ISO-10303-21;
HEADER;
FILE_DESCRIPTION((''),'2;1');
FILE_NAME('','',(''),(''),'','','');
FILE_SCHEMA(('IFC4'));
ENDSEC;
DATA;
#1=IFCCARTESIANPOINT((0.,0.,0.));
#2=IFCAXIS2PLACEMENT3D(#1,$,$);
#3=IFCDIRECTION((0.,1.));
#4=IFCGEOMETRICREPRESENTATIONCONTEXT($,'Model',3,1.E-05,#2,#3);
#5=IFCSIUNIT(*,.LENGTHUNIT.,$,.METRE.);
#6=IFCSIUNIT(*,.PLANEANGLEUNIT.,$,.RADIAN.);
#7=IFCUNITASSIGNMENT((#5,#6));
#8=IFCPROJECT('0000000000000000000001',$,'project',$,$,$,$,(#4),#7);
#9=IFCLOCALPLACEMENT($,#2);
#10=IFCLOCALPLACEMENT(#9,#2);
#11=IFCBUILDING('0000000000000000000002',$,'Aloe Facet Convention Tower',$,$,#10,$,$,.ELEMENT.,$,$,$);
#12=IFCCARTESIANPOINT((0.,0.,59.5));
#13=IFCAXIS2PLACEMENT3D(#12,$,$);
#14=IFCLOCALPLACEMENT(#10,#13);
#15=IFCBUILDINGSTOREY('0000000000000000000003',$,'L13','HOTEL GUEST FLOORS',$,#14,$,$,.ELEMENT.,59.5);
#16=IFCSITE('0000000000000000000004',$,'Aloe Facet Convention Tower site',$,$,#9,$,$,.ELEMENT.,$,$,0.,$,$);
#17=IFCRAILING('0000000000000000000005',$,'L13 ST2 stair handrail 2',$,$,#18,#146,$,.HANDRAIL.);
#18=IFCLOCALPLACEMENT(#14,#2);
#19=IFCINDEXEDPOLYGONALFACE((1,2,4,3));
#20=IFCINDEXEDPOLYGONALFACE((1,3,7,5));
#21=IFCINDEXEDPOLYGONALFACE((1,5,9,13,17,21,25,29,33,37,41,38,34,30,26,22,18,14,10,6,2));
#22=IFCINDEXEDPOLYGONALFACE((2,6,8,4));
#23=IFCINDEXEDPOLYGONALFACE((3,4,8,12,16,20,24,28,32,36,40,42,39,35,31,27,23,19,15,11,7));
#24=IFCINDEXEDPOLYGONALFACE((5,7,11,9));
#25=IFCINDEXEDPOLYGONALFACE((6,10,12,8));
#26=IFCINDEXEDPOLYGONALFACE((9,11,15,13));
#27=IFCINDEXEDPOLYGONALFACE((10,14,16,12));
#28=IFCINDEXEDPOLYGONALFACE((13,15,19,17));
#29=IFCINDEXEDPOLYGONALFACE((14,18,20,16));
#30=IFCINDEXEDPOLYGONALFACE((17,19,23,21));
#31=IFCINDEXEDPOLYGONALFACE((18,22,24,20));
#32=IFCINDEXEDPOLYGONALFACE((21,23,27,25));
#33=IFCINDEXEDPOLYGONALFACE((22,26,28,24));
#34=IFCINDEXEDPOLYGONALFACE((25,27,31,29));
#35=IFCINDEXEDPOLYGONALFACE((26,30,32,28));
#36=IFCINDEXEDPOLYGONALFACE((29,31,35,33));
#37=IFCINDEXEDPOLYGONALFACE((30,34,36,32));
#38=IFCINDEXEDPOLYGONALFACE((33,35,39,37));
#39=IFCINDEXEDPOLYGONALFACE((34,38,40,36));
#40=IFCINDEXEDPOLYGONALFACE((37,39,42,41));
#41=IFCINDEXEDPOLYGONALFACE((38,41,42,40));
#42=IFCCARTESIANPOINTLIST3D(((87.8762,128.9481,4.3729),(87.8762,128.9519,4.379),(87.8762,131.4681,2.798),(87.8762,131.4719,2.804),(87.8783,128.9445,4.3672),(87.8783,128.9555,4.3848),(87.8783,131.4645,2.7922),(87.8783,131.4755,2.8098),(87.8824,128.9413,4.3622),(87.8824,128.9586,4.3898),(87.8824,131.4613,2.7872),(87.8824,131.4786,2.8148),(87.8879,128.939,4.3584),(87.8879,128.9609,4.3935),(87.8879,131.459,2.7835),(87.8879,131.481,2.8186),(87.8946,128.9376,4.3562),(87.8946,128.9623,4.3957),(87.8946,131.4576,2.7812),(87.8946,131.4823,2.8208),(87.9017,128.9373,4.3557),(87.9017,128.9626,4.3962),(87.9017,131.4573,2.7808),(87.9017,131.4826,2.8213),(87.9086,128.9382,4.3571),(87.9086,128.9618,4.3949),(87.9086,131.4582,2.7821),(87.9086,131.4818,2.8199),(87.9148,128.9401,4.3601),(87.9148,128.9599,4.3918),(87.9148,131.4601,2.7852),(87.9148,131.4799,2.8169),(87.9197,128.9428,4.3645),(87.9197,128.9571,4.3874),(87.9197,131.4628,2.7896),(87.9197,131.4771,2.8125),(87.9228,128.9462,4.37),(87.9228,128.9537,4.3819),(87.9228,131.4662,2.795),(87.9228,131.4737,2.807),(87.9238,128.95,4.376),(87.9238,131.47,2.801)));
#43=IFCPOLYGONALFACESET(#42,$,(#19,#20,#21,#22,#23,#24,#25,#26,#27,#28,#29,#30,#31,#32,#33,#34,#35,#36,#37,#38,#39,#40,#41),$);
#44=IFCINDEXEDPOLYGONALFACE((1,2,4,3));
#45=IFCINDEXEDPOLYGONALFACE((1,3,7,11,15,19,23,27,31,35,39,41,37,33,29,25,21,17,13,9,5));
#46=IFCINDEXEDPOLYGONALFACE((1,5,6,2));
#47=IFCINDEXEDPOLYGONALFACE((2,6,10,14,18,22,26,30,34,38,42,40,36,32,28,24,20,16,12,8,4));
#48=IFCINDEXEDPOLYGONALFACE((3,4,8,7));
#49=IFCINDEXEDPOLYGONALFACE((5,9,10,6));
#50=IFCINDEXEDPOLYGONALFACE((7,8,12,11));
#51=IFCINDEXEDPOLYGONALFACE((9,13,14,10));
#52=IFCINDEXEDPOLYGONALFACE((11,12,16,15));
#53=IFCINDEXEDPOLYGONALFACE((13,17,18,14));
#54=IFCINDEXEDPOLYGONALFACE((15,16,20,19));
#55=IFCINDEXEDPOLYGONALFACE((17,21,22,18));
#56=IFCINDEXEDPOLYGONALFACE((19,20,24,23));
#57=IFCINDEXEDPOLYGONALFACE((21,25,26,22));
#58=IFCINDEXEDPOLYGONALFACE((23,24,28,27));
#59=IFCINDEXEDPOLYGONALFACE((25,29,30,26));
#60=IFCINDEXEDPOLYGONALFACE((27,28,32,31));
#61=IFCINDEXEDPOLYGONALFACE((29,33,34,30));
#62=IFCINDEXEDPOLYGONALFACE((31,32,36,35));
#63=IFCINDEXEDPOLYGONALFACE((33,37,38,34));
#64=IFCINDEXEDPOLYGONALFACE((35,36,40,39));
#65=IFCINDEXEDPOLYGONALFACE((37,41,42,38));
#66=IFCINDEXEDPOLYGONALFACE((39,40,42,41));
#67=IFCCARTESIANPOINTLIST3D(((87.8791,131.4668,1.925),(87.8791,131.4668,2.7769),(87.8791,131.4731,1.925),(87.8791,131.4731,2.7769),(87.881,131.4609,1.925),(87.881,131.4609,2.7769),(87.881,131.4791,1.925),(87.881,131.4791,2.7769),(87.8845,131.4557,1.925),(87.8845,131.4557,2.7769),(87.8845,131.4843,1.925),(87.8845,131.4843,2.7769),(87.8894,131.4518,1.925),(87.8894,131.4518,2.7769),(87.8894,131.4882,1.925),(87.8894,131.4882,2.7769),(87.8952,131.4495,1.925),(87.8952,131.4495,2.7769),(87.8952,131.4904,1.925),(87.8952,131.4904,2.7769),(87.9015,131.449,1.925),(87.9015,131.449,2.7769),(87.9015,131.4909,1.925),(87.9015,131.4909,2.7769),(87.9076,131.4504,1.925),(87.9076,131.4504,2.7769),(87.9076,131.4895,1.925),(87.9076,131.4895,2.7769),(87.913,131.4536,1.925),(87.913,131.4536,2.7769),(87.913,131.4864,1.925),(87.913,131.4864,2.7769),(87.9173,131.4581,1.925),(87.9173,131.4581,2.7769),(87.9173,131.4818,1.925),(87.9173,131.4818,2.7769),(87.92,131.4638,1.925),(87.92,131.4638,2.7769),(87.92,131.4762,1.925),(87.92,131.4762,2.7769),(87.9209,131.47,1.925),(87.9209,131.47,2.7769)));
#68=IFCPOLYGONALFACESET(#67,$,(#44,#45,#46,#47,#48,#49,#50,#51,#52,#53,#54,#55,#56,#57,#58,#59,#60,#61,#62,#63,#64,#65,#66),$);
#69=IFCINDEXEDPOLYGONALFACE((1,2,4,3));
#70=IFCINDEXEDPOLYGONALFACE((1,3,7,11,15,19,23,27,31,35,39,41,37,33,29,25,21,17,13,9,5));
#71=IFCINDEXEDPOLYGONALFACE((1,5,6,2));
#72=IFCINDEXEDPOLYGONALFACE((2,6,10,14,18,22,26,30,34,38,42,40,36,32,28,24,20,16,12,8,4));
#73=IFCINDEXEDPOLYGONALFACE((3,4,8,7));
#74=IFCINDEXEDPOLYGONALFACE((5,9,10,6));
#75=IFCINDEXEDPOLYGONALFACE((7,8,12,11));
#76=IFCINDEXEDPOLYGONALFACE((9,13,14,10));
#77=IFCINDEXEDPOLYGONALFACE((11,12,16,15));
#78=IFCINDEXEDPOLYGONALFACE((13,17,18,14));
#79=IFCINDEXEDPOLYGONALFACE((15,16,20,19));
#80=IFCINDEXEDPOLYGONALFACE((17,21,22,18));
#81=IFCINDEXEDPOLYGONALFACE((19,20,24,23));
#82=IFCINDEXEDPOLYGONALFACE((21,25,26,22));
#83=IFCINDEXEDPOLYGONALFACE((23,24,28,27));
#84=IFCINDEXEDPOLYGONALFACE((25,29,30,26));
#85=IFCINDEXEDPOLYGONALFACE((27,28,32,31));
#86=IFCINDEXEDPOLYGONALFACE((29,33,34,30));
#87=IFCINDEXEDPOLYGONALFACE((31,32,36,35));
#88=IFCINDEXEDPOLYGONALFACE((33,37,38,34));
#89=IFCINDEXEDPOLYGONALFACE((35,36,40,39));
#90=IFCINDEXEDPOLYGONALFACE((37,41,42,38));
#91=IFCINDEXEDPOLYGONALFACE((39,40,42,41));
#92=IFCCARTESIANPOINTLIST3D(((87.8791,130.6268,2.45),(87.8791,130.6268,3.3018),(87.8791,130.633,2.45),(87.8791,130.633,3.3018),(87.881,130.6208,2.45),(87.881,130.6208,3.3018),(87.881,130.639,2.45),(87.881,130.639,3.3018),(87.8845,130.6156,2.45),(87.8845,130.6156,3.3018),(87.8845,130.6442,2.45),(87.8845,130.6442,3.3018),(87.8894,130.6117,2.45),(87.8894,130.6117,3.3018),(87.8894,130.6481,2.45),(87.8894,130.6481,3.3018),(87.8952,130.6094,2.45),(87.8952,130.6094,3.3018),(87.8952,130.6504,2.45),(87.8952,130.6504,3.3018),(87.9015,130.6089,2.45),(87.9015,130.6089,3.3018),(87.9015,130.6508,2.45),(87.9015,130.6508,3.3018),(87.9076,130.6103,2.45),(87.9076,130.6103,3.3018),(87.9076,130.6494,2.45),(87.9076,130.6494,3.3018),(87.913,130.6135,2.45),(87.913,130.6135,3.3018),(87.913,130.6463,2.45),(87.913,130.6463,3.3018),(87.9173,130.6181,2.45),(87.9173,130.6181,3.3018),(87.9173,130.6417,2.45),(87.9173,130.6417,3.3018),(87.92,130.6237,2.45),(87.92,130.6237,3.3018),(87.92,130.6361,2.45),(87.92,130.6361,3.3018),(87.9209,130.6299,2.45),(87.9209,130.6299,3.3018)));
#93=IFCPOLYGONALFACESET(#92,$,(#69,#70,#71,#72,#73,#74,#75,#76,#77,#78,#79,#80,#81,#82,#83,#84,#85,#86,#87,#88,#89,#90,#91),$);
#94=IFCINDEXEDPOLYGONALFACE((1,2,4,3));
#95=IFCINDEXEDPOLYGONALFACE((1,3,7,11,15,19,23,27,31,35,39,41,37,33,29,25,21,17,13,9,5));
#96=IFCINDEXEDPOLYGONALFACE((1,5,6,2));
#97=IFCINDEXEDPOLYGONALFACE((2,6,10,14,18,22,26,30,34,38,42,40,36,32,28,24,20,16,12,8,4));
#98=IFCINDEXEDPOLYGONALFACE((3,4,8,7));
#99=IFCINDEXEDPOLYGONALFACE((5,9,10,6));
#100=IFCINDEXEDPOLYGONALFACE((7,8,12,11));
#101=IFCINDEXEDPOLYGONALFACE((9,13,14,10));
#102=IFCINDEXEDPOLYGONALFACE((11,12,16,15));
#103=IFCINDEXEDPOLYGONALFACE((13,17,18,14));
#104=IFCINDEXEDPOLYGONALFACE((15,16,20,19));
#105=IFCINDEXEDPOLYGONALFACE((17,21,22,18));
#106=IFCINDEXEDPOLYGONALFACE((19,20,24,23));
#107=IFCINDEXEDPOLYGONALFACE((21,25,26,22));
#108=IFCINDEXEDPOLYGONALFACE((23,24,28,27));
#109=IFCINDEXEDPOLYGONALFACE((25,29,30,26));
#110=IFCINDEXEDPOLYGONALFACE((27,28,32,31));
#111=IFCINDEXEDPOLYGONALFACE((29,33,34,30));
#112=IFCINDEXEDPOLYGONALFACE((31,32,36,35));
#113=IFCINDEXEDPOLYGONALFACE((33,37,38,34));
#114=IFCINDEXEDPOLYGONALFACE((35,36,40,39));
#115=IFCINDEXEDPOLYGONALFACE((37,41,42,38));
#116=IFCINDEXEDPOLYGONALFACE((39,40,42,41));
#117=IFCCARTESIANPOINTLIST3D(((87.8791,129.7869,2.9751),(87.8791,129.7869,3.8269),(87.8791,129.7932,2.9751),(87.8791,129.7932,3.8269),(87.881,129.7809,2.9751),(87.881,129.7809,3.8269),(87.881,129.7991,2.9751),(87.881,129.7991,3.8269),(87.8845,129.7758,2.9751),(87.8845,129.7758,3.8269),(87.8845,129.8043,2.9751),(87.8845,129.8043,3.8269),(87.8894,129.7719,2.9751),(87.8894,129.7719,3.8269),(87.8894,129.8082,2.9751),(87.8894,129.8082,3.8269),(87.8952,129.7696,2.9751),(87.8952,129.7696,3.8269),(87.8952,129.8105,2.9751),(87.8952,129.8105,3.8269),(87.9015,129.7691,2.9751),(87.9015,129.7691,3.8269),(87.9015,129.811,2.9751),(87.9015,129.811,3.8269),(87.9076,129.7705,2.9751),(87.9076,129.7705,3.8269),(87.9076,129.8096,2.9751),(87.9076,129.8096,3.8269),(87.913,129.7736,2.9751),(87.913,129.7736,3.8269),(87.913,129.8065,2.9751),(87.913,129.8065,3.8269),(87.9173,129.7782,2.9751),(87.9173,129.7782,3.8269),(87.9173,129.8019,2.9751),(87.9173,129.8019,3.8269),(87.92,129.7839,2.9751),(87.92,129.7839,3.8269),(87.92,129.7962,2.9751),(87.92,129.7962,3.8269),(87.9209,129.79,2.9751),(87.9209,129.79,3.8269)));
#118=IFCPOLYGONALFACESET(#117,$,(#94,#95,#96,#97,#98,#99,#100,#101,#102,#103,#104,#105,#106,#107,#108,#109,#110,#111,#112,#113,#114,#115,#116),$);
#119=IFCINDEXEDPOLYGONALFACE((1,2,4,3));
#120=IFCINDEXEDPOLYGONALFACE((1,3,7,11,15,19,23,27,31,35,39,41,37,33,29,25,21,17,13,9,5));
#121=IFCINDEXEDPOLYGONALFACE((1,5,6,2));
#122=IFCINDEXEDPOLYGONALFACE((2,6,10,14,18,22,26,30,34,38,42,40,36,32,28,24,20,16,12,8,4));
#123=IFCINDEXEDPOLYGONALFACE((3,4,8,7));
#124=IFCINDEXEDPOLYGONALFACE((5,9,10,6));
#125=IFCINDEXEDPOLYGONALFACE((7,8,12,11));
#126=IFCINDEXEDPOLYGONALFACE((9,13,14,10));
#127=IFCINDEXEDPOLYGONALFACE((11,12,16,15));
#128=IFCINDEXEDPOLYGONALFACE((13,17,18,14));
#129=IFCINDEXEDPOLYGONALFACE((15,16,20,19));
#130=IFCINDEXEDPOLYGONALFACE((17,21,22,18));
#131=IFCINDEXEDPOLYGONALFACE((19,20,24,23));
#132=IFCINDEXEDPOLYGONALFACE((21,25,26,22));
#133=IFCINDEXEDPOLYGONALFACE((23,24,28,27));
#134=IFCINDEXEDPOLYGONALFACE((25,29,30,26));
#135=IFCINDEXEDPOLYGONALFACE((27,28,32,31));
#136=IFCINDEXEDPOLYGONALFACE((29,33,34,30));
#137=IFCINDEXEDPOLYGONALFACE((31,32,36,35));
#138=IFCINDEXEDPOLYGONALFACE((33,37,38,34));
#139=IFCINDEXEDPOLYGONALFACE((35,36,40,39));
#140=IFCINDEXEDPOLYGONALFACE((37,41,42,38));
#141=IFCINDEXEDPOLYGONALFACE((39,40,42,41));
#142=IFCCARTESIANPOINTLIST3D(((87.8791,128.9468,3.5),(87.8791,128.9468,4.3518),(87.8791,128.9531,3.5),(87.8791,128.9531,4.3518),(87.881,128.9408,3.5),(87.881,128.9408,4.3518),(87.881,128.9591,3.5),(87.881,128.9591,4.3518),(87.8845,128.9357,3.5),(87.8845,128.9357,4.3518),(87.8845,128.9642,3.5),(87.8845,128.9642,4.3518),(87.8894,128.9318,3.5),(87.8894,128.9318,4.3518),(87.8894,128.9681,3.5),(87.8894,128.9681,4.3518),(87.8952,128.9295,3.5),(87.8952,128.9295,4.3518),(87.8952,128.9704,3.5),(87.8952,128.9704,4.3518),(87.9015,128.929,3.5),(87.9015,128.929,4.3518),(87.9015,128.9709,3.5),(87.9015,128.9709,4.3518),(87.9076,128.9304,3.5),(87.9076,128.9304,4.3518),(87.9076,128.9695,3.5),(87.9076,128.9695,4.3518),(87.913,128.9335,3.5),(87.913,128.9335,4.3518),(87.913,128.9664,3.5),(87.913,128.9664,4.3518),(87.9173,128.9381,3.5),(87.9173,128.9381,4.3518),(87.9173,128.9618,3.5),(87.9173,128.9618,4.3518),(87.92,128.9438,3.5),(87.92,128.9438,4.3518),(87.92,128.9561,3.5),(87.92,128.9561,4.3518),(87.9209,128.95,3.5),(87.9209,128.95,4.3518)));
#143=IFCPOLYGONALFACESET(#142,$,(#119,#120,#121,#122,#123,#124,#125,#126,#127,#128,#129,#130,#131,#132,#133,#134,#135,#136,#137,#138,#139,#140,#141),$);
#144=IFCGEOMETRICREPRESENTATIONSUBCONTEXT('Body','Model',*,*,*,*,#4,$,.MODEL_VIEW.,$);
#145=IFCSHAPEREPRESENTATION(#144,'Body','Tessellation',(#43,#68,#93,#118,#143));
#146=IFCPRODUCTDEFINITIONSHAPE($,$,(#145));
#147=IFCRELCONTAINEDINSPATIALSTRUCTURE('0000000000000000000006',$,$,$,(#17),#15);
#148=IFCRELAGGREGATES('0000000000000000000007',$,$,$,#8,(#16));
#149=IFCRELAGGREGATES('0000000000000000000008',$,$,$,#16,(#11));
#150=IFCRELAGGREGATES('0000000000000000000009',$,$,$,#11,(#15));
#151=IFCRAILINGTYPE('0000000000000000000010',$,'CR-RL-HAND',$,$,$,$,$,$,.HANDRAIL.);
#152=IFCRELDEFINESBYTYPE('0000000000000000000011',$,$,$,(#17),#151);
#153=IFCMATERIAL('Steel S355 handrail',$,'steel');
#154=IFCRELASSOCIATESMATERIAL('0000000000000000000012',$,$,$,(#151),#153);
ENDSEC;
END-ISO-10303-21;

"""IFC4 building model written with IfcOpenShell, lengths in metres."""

from ifc_helpers import new_model, si_unit, direction, frame, origin, origin_2d, place, context, subcontext, project, spatial, circle, extrude, material, type_object, element, save


model = new_model("IFC4")

# Units and contexts
model_context = context("Model", 3, precision=1e-05, world=origin(), true_north=direction((0.0, 1.0)))
body_context = subcontext(model_context, "Body", "Model", "MODEL_VIEW")
ifc_project = project(units=[si_unit("LENGTHUNIT", "METRE"), si_unit("PLANEANGLEUNIT", "RADIAN")], contexts=[model_context])

# Site, building, storey
site_placement = place(None, origin())
site = spatial("IfcSite", under=ifc_project, at=site_placement, Name="Aloe Facet Convention Tower site", CompositionType="ELEMENT", RefElevation=0.0)
building_placement = place(site_placement, origin())
building = spatial("IfcBuilding", under=site, at=building_placement, Name="Aloe Facet Convention Tower", CompositionType="ELEMENT")
storey_placement = place(building_placement, frame((0.0, 0.0, 59.5)))
storey = spatial("IfcBuildingStorey", under=building, at=storey_placement, Name="L13", Description="HOTEL GUEST FLOORS", CompositionType="ELEMENT", Elevation=59.5)

# Railing
ifc_material_1 = material(Name="Steel S355 handrail", Category="steel")
railing_type_1 = type_object("IfcRailingType", Name="CR-RL-HAND", PredefinedType="HANDRAIL", material=ifc_material_1)
railing_1_placement = place(storey_placement, frame((87.8999, 131.47, 1.925)))
element("IfcRailing", 1, at=railing_1_placement, inside=storey, type_object=railing_type_1, Name="L13 ST2 stair handrail 2", PredefinedType="HANDRAIL", context=body_context, shape_type="SweptSolid", body=[
    extrude(circle(Radius=0.0239, at=origin_2d()), frame((0.0, 0.0, 0.876), z_axis=(0.0, -0.848008, 0.529984), x_axis=(1.0, 0.0, 0.0)), (0.0, 0.0, 1.0), 2.9717),
    extrude(circle(Radius=0.021, at=origin_2d()), origin(), (0.0, 0.0, 1.0), 0.8518),
    extrude(circle(Radius=0.021, at=origin_2d()), frame((0.0, -0.8401, 0.5249)), (0.0, 0.0, 1.0), 0.8518),
    extrude(circle(Radius=0.021, at=origin_2d()), frame((0.0, -1.6799, 1.05)), (0.0, 0.0, 1.0), 0.8518),
    extrude(circle(Radius=0.021, at=origin_2d()), frame((0.0, -2.52, 1.575)), (0.0, 0.0, 1.0), 0.8518),
])

save(model, "model.ifc")
